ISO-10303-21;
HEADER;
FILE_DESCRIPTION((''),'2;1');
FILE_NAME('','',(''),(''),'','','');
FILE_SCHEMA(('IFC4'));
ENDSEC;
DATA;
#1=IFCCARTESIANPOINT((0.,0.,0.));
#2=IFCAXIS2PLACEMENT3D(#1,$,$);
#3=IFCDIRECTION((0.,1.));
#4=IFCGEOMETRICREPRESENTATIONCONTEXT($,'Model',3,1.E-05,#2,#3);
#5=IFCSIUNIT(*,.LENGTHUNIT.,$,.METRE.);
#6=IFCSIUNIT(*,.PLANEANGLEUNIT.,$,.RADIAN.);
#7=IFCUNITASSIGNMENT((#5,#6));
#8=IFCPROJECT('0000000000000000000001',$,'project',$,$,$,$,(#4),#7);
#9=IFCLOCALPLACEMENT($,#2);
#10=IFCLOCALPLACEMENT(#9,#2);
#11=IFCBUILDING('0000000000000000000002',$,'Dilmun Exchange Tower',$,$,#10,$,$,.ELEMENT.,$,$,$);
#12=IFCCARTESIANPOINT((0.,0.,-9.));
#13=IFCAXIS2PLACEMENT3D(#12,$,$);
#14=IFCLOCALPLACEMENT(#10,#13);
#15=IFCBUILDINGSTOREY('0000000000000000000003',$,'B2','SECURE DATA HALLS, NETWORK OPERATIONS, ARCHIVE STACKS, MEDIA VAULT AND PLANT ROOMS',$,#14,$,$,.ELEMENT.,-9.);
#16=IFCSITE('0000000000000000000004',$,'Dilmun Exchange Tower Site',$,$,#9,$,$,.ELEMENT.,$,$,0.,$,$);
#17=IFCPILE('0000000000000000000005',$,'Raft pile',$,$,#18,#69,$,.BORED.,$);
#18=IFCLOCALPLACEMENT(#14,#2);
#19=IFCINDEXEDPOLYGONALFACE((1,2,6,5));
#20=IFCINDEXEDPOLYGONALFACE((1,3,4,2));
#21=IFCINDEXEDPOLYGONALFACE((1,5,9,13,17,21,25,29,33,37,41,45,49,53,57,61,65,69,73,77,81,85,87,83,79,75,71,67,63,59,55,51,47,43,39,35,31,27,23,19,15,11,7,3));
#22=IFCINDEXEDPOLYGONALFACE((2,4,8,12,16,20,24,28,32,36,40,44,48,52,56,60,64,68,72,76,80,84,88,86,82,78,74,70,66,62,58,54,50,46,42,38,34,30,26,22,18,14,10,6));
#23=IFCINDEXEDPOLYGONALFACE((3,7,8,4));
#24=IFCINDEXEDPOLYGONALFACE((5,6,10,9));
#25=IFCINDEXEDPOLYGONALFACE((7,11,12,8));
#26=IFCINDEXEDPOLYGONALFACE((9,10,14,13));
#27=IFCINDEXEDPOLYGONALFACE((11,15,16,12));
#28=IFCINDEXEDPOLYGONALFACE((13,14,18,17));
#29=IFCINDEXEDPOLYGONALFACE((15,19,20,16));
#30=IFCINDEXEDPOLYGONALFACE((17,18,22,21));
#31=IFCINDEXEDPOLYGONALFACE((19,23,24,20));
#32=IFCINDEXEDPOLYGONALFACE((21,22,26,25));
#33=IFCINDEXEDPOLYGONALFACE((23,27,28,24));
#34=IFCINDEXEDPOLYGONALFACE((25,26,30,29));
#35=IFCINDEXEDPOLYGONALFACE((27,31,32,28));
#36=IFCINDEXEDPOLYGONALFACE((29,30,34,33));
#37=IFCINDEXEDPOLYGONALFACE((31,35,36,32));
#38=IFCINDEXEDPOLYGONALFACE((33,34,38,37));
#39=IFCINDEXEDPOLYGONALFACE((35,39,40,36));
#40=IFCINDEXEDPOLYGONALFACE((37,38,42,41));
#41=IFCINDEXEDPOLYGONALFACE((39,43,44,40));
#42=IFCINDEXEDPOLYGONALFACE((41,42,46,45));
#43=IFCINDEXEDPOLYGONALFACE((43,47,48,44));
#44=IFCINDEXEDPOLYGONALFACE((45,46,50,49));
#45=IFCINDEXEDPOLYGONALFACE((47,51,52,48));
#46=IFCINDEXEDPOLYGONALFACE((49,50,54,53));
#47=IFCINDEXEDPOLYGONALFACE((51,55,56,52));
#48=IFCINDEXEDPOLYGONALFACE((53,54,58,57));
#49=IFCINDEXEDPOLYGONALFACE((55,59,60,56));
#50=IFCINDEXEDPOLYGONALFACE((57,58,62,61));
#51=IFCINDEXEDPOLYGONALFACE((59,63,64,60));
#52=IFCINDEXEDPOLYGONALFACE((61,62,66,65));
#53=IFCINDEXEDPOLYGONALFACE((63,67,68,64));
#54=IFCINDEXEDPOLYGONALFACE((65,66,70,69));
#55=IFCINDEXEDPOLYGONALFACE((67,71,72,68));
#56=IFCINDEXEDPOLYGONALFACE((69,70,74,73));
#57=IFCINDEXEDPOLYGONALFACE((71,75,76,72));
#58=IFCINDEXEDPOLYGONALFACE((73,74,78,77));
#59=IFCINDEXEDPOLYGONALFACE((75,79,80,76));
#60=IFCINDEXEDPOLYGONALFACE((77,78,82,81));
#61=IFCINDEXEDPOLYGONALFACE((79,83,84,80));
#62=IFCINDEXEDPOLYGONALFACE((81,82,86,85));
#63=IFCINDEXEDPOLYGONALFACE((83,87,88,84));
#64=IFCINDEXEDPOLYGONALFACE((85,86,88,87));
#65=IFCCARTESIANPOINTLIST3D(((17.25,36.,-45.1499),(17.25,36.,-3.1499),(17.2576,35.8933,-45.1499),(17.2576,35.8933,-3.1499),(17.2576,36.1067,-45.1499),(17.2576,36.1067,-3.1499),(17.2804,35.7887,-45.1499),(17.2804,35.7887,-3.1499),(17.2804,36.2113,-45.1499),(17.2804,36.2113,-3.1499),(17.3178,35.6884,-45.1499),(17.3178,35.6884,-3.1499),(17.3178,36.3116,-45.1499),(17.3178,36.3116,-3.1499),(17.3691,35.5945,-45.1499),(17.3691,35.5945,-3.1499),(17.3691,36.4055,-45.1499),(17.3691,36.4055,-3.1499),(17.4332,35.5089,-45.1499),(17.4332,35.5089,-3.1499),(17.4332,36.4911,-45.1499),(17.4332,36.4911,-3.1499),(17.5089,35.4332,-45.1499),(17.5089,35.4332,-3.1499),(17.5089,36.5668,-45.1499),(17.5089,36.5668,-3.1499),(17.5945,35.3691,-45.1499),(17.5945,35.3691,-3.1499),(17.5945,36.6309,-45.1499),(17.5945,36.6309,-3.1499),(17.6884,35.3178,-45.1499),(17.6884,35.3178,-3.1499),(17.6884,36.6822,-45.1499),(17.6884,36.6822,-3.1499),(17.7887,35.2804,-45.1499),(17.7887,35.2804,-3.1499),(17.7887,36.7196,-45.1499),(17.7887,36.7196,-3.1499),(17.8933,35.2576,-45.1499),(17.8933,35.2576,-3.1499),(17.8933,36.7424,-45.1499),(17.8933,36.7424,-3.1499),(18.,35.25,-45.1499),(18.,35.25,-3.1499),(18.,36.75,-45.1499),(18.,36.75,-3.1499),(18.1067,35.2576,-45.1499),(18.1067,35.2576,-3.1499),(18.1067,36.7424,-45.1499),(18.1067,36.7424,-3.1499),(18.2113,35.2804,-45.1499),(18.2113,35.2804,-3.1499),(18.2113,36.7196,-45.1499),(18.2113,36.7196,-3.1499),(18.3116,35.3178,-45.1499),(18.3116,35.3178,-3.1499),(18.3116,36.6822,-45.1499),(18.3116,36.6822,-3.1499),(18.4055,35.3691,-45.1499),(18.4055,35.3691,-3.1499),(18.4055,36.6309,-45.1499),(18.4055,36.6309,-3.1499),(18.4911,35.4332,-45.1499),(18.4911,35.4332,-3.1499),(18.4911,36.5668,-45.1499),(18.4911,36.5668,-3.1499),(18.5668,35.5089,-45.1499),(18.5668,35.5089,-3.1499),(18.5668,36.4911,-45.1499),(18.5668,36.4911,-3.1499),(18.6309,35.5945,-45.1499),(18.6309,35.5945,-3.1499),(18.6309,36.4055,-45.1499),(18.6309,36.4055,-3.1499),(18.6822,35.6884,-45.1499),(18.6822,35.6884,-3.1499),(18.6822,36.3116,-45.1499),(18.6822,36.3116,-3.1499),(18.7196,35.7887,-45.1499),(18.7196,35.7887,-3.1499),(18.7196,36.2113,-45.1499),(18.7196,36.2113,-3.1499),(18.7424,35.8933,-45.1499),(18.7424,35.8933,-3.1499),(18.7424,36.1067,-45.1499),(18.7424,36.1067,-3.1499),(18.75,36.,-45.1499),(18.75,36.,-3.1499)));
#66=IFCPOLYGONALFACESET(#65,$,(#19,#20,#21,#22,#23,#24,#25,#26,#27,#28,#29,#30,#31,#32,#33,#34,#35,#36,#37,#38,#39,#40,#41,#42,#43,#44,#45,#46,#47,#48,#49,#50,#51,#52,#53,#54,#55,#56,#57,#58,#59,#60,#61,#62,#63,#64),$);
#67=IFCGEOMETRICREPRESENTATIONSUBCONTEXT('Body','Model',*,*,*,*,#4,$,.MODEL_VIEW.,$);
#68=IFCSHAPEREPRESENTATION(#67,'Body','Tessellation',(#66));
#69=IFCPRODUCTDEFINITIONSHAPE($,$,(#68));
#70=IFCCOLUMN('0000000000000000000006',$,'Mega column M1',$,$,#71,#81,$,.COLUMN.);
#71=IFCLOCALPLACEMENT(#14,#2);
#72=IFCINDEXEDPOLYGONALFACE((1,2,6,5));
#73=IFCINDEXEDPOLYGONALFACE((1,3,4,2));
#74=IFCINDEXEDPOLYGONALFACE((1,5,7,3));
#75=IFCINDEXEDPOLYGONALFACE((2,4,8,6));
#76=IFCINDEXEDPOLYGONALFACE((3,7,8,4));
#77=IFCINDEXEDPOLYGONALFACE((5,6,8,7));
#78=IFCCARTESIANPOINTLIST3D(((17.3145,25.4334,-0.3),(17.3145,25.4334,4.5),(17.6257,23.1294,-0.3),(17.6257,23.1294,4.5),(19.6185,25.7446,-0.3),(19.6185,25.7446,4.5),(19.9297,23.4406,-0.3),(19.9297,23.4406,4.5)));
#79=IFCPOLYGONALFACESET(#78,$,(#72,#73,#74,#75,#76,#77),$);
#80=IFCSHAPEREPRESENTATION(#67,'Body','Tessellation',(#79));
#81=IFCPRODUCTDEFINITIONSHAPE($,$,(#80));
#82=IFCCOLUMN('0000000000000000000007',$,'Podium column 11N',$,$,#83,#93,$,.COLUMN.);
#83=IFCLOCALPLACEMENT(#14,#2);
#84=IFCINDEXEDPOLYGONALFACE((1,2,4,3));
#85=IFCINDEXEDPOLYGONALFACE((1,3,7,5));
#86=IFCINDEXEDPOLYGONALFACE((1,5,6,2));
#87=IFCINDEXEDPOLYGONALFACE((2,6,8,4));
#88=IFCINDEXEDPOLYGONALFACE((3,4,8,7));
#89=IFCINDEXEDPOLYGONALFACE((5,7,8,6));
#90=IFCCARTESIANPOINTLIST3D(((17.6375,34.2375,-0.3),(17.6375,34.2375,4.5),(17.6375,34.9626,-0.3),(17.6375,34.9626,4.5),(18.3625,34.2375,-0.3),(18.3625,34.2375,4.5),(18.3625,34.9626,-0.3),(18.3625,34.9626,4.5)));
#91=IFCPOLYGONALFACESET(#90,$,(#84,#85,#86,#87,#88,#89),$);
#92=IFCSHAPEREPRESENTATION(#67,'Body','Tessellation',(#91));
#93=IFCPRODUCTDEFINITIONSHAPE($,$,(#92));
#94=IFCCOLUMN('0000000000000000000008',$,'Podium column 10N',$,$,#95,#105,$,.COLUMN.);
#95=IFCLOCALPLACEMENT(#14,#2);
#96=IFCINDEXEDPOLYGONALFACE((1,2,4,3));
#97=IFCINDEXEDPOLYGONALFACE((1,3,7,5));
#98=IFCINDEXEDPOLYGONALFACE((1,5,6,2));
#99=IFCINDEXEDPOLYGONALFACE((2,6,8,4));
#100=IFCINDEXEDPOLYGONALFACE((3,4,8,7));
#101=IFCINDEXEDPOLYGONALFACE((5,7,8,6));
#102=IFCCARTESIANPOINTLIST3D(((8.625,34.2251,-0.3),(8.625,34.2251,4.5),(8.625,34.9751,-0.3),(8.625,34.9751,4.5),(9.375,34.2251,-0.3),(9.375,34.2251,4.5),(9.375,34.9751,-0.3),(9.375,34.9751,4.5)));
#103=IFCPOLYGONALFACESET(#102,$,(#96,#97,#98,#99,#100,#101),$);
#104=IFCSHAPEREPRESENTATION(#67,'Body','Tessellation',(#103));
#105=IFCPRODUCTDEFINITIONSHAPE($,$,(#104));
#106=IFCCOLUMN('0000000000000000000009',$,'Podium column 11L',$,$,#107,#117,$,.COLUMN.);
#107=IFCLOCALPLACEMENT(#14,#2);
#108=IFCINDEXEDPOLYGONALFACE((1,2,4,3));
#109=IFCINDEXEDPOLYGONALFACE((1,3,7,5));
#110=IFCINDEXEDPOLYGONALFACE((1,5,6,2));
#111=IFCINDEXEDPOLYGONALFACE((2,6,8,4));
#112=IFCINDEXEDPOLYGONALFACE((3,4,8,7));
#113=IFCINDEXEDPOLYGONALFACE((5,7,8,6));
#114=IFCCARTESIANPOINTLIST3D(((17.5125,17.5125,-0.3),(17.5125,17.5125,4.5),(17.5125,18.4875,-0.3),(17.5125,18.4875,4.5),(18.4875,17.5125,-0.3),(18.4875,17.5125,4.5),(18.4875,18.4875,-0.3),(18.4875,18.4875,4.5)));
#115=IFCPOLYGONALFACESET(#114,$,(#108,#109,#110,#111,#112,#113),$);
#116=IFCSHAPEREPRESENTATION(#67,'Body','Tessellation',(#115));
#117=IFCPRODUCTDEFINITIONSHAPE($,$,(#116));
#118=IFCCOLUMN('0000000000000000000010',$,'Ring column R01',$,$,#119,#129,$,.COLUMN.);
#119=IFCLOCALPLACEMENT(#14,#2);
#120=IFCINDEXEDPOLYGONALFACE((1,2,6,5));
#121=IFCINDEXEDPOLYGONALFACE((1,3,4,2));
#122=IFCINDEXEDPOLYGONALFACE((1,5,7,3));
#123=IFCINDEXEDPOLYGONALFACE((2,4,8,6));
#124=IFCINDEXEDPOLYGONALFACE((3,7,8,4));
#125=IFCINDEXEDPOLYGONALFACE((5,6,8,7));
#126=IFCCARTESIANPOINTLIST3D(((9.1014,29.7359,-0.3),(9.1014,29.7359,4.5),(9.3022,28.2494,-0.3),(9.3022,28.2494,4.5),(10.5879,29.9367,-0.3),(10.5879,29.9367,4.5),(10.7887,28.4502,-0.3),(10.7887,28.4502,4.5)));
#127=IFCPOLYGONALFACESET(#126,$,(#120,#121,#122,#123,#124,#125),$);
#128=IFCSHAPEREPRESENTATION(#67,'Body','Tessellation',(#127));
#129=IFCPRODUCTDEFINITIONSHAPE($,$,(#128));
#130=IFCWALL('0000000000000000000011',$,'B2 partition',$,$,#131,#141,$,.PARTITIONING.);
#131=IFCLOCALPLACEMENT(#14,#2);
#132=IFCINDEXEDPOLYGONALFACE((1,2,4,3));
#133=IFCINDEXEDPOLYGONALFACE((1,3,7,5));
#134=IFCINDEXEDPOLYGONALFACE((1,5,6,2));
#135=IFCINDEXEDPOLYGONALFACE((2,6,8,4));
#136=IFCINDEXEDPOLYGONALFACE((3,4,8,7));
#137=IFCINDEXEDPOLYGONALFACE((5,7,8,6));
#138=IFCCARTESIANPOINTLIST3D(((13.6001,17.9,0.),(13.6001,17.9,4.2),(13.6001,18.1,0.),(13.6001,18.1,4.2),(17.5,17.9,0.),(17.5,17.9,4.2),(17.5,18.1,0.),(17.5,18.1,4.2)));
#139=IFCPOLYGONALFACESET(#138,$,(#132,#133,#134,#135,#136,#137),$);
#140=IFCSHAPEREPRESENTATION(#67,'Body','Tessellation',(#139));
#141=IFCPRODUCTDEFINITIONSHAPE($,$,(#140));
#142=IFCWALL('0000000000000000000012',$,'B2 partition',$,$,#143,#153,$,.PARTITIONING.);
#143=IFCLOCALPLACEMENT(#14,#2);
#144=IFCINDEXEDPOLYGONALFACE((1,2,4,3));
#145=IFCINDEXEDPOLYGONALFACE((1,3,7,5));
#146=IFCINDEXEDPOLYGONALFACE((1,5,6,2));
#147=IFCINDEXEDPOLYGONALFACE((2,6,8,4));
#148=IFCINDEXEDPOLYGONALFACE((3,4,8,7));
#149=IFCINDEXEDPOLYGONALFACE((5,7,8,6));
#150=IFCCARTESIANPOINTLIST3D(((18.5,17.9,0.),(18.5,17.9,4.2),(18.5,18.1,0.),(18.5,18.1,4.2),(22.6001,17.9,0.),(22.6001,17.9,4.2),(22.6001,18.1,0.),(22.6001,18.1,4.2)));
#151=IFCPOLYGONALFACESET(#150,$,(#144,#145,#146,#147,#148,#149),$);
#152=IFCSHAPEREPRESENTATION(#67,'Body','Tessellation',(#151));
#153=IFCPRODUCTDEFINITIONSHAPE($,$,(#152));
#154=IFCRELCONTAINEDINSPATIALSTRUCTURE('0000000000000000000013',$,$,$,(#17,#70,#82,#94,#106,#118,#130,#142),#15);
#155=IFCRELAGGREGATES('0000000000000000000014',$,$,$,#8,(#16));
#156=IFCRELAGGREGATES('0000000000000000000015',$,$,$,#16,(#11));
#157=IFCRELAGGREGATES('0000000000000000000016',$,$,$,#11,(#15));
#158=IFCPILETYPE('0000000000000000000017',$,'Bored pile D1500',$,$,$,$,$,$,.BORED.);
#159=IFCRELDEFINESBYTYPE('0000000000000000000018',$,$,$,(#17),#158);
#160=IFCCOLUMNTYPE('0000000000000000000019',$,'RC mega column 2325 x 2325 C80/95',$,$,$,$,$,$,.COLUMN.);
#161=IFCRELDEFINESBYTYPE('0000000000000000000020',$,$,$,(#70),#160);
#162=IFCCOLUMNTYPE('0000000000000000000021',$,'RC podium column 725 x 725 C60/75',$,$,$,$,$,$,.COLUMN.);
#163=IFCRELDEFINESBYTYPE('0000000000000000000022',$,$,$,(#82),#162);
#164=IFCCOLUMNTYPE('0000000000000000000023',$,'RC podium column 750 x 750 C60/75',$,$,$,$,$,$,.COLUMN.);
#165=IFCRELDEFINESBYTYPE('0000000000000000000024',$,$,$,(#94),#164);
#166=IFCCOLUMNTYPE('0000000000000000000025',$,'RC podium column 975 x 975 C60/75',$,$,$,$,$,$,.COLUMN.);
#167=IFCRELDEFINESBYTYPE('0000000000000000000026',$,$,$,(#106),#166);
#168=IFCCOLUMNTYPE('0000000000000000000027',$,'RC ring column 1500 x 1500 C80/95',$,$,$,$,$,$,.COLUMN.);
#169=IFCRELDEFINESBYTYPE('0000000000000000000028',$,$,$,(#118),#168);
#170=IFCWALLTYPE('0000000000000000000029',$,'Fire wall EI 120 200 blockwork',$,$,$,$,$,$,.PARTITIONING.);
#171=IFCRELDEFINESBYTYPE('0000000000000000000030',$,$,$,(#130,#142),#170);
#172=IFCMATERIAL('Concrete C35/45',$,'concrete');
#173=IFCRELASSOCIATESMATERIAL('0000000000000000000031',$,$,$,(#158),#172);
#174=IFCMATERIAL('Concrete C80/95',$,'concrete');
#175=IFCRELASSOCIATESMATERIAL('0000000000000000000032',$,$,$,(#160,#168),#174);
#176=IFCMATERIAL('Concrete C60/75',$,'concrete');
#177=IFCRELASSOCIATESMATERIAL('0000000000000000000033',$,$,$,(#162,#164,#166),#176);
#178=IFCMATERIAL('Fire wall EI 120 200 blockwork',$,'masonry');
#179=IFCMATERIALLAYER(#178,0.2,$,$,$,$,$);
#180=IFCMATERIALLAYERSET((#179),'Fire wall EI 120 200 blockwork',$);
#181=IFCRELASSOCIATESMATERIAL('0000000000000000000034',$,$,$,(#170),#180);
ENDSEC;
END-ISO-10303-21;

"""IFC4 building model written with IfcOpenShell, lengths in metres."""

from ifc_helpers import new_model, si_unit, direction, frame, frame_2d, origin, origin_2d, place, context, subcontext, project, spatial, rectangle, circle, extrude, material, layer, layer_set, material_profile, profile_set, type_object, element, save


model = new_model("IFC4")

# Units and contexts
model_context = context("Model", 3, precision=1e-05, world=origin(), true_north=direction((0.0, 1.0)))
body_context = subcontext(model_context, "Body", "Model", "MODEL_VIEW")
ifc_project = project(units=[si_unit("LENGTHUNIT", "METRE"), si_unit("PLANEANGLEUNIT", "RADIAN")], contexts=[model_context])

# Site, building, storey
site_placement = place(None, origin())
site = spatial("IfcSite", under=ifc_project, at=site_placement, Name="Dilmun Exchange Tower Site", CompositionType="ELEMENT", RefElevation=0.0)
building_placement = place(site_placement, origin())
building = spatial("IfcBuilding", under=site, at=building_placement, Name="Dilmun Exchange Tower", CompositionType="ELEMENT")
storey_placement = place(building_placement, frame((0.0, 0.0, -9.0)))
storey = spatial("IfcBuildingStorey", under=building, at=storey_placement, Name="B2", Description="SECURE DATA HALLS, NETWORK OPERATIONS, ARCHIVE STACKS, MEDIA VAULT AND PLANT ROOMS", CompositionType="ELEMENT", Elevation=-9.0)

# Pile
ifc_material_1 = material(Name="Concrete C35/45", Category="concrete")
ifc_material_profile_1 = material_profile(ifc_material_1, circle(Radius=0.75, at=origin_2d()), Name="D1500")
ifc_profile_set_1 = profile_set([ifc_material_profile_1], Name="Concrete C35/45")
pile_type = type_object("IfcPileType", Name="Bored pile D1500", PredefinedType="BORED", material=ifc_profile_set_1)
for number, where, z_axis, x_axis, name in (
    (1, (18.0, 36.0, -3.1499), (0.0, 0.0, -1.0), (1.0, 0.0, 0.0), "Raft pile"),
):
    element("IfcPile", number, at=place(storey_placement, frame(where, z_axis=z_axis, x_axis=x_axis)), inside=storey, type_object=pile_type, Name=name, PredefinedType="BORED", context=body_context, shape_type="SweptSolid", body=[
        extrude(circle(Radius=0.75, at=origin_2d()), origin(), (0.0, 0.0, 1.0), 42.0),
    ])

# Columns
ifc_material_2 = material(Name="Concrete C80/95", Category="concrete")
ifc_material_profile_2 = material_profile(ifc_material_2, rectangle(XDim=2.325, YDim=2.325, at=origin_2d()), Name="2325 x 2325")
ifc_profile_set_2 = profile_set([ifc_material_profile_2], Name="Concrete C80/95")
column_type_1 = type_object("IfcColumnType", Name="RC mega column 2325 x 2325 C80/95", PredefinedType="COLUMN", material=ifc_profile_set_2)
column_1_placement = place(storey_placement, frame((18.6221, 24.437, -0.3), z_axis=(0.0, 0.0, 1.0), x_axis=(0.991001, 0.133853, 0.0)))
element("IfcColumn", 2, at=column_1_placement, inside=storey, type_object=column_type_1, Name="Mega column M1", PredefinedType="COLUMN", context=body_context, shape_type="SweptSolid", body=[
    extrude(rectangle(XDim=2.325, YDim=2.325, at=origin_2d()), origin(), (0.0, 0.0, 1.0), 4.8),
])
ifc_material_3 = material(Name="Concrete C60/75", Category="concrete")
ifc_material_profile_3 = material_profile(ifc_material_3, rectangle(XDim=0.7251, YDim=0.7251, at=origin_2d()), Name="725 x 725")
ifc_profile_set_3 = profile_set([ifc_material_profile_3], Name="Concrete C60/75")
column_type_2 = type_object("IfcColumnType", Name="RC podium column 725 x 725 C60/75", PredefinedType="COLUMN", material=ifc_profile_set_3)
column_2_placement = place(storey_placement, frame((18.0, 34.6001, -0.3), z_axis=(0.0, 0.0, 1.0), x_axis=(1.0, 0.0, 0.0)))
element("IfcColumn", 3, at=column_2_placement, inside=storey, type_object=column_type_2, Name="Podium column 11N", PredefinedType="COLUMN", context=body_context, shape_type="SweptSolid", body=[
    extrude(rectangle(XDim=0.7251, YDim=0.7251, at=origin_2d()), origin(), (0.0, 0.0, 1.0), 4.8),
])
ifc_material_profile_4 = material_profile(ifc_material_3, rectangle(XDim=0.75, YDim=0.75, at=origin_2d()), Name="750 x 750")
ifc_profile_set_4 = profile_set([ifc_material_profile_4], Name="Concrete C60/75")
column_type_3 = type_object("IfcColumnType", Name="RC podium column 750 x 750 C60/75", PredefinedType="COLUMN", material=ifc_profile_set_4)
column_3_placement = place(storey_placement, frame((9.0, 34.6001, -0.3), z_axis=(0.0, 0.0, 1.0), x_axis=(1.0, 0.0, 0.0)))
element("IfcColumn", 4, at=column_3_placement, inside=storey, type_object=column_type_3, Name="Podium column 10N", PredefinedType="COLUMN", context=body_context, shape_type="SweptSolid", body=[
    extrude(rectangle(XDim=0.75, YDim=0.75, at=origin_2d()), origin(), (0.0, 0.0, 1.0), 4.8),
])
ifc_material_profile_5 = material_profile(ifc_material_3, rectangle(XDim=0.9751, YDim=0.9751, at=origin_2d()), Name="975 x 975")
ifc_profile_set_5 = profile_set([ifc_material_profile_5], Name="Concrete C60/75")
column_type_4 = type_object("IfcColumnType", Name="RC podium column 975 x 975 C60/75", PredefinedType="COLUMN", material=ifc_profile_set_5)
column_4_placement = place(storey_placement, frame((18.0, 18.0, -0.3), z_axis=(0.0, 0.0, 1.0), x_axis=(1.0, 0.0, 0.0)))
element("IfcColumn", 5, at=column_4_placement, inside=storey, type_object=column_type_4, Name="Podium column 11L", PredefinedType="COLUMN", context=body_context, shape_type="SweptSolid", body=[
    extrude(rectangle(XDim=0.9751, YDim=0.9751, at=origin_2d()), origin(), (0.0, 0.0, 1.0), 4.8),
])
ifc_material_profile_6 = material_profile(ifc_material_2, rectangle(XDim=1.5, YDim=1.5, at=origin_2d()), Name="1500 x 1500")
ifc_profile_set_6 = profile_set([ifc_material_profile_6], Name="Concrete C80/95")
column_type_5 = type_object("IfcColumnType", Name="RC ring column 1500 x 1500 C80/95", PredefinedType="COLUMN", material=ifc_profile_set_6)
column_5_placement = place(storey_placement, frame((9.9451, 29.093, -0.3), z_axis=(0.0, 0.0, 1.0), x_axis=(0.991001, 0.133853, 0.0)))
element("IfcColumn", 6, at=column_5_placement, inside=storey, type_object=column_type_5, Name="Ring column R01", PredefinedType="COLUMN", context=body_context, shape_type="SweptSolid", body=[
    extrude(rectangle(XDim=1.5, YDim=1.5, at=origin_2d()), origin(), (0.0, 0.0, 1.0), 4.8),
])

# Walls
ifc_material_4 = material(Name="Fire wall EI 120 200 blockwork", Category="masonry")
ifc_layer = layer(ifc_material_4, 0.2)
ifc_layer_set = layer_set([ifc_layer], Name="Fire wall EI 120 200 blockwork")
wall_type = type_object("IfcWallType", Name="Fire wall EI 120 200 blockwork", PredefinedType="PARTITIONING", material=ifc_layer_set)
wall_1_placement = place(storey_placement, frame((13.6001, 18.0, 0.0), z_axis=(0.0, 0.0, 1.0), x_axis=(1.0, 0.0, 0.0)))
element("IfcWall", 7, at=wall_1_placement, inside=storey, type_object=wall_type, Name="B2 partition", PredefinedType="PARTITIONING", context=body_context, shape_type="SweptSolid", body=[
    extrude(rectangle(XDim=3.8999, YDim=0.2, at=frame_2d((1.95, 0.0))), origin(), (0.0, 0.0, 1.0), 4.2),
])
wall_2_placement = place(storey_placement, frame((18.5, 18.0, 0.0), z_axis=(0.0, 0.0, 1.0), x_axis=(1.0, 0.0, 0.0)))
element("IfcWall", 8, at=wall_2_placement, inside=storey, type_object=wall_type, Name="B2 partition", PredefinedType="PARTITIONING", context=body_context, shape_type="SweptSolid", body=[
    extrude(rectangle(XDim=4.1001, YDim=0.2, at=frame_2d((2.05, 0.0))), origin(), (0.0, 0.0, 1.0), 4.2),
])

save(model, "model.ifc")
